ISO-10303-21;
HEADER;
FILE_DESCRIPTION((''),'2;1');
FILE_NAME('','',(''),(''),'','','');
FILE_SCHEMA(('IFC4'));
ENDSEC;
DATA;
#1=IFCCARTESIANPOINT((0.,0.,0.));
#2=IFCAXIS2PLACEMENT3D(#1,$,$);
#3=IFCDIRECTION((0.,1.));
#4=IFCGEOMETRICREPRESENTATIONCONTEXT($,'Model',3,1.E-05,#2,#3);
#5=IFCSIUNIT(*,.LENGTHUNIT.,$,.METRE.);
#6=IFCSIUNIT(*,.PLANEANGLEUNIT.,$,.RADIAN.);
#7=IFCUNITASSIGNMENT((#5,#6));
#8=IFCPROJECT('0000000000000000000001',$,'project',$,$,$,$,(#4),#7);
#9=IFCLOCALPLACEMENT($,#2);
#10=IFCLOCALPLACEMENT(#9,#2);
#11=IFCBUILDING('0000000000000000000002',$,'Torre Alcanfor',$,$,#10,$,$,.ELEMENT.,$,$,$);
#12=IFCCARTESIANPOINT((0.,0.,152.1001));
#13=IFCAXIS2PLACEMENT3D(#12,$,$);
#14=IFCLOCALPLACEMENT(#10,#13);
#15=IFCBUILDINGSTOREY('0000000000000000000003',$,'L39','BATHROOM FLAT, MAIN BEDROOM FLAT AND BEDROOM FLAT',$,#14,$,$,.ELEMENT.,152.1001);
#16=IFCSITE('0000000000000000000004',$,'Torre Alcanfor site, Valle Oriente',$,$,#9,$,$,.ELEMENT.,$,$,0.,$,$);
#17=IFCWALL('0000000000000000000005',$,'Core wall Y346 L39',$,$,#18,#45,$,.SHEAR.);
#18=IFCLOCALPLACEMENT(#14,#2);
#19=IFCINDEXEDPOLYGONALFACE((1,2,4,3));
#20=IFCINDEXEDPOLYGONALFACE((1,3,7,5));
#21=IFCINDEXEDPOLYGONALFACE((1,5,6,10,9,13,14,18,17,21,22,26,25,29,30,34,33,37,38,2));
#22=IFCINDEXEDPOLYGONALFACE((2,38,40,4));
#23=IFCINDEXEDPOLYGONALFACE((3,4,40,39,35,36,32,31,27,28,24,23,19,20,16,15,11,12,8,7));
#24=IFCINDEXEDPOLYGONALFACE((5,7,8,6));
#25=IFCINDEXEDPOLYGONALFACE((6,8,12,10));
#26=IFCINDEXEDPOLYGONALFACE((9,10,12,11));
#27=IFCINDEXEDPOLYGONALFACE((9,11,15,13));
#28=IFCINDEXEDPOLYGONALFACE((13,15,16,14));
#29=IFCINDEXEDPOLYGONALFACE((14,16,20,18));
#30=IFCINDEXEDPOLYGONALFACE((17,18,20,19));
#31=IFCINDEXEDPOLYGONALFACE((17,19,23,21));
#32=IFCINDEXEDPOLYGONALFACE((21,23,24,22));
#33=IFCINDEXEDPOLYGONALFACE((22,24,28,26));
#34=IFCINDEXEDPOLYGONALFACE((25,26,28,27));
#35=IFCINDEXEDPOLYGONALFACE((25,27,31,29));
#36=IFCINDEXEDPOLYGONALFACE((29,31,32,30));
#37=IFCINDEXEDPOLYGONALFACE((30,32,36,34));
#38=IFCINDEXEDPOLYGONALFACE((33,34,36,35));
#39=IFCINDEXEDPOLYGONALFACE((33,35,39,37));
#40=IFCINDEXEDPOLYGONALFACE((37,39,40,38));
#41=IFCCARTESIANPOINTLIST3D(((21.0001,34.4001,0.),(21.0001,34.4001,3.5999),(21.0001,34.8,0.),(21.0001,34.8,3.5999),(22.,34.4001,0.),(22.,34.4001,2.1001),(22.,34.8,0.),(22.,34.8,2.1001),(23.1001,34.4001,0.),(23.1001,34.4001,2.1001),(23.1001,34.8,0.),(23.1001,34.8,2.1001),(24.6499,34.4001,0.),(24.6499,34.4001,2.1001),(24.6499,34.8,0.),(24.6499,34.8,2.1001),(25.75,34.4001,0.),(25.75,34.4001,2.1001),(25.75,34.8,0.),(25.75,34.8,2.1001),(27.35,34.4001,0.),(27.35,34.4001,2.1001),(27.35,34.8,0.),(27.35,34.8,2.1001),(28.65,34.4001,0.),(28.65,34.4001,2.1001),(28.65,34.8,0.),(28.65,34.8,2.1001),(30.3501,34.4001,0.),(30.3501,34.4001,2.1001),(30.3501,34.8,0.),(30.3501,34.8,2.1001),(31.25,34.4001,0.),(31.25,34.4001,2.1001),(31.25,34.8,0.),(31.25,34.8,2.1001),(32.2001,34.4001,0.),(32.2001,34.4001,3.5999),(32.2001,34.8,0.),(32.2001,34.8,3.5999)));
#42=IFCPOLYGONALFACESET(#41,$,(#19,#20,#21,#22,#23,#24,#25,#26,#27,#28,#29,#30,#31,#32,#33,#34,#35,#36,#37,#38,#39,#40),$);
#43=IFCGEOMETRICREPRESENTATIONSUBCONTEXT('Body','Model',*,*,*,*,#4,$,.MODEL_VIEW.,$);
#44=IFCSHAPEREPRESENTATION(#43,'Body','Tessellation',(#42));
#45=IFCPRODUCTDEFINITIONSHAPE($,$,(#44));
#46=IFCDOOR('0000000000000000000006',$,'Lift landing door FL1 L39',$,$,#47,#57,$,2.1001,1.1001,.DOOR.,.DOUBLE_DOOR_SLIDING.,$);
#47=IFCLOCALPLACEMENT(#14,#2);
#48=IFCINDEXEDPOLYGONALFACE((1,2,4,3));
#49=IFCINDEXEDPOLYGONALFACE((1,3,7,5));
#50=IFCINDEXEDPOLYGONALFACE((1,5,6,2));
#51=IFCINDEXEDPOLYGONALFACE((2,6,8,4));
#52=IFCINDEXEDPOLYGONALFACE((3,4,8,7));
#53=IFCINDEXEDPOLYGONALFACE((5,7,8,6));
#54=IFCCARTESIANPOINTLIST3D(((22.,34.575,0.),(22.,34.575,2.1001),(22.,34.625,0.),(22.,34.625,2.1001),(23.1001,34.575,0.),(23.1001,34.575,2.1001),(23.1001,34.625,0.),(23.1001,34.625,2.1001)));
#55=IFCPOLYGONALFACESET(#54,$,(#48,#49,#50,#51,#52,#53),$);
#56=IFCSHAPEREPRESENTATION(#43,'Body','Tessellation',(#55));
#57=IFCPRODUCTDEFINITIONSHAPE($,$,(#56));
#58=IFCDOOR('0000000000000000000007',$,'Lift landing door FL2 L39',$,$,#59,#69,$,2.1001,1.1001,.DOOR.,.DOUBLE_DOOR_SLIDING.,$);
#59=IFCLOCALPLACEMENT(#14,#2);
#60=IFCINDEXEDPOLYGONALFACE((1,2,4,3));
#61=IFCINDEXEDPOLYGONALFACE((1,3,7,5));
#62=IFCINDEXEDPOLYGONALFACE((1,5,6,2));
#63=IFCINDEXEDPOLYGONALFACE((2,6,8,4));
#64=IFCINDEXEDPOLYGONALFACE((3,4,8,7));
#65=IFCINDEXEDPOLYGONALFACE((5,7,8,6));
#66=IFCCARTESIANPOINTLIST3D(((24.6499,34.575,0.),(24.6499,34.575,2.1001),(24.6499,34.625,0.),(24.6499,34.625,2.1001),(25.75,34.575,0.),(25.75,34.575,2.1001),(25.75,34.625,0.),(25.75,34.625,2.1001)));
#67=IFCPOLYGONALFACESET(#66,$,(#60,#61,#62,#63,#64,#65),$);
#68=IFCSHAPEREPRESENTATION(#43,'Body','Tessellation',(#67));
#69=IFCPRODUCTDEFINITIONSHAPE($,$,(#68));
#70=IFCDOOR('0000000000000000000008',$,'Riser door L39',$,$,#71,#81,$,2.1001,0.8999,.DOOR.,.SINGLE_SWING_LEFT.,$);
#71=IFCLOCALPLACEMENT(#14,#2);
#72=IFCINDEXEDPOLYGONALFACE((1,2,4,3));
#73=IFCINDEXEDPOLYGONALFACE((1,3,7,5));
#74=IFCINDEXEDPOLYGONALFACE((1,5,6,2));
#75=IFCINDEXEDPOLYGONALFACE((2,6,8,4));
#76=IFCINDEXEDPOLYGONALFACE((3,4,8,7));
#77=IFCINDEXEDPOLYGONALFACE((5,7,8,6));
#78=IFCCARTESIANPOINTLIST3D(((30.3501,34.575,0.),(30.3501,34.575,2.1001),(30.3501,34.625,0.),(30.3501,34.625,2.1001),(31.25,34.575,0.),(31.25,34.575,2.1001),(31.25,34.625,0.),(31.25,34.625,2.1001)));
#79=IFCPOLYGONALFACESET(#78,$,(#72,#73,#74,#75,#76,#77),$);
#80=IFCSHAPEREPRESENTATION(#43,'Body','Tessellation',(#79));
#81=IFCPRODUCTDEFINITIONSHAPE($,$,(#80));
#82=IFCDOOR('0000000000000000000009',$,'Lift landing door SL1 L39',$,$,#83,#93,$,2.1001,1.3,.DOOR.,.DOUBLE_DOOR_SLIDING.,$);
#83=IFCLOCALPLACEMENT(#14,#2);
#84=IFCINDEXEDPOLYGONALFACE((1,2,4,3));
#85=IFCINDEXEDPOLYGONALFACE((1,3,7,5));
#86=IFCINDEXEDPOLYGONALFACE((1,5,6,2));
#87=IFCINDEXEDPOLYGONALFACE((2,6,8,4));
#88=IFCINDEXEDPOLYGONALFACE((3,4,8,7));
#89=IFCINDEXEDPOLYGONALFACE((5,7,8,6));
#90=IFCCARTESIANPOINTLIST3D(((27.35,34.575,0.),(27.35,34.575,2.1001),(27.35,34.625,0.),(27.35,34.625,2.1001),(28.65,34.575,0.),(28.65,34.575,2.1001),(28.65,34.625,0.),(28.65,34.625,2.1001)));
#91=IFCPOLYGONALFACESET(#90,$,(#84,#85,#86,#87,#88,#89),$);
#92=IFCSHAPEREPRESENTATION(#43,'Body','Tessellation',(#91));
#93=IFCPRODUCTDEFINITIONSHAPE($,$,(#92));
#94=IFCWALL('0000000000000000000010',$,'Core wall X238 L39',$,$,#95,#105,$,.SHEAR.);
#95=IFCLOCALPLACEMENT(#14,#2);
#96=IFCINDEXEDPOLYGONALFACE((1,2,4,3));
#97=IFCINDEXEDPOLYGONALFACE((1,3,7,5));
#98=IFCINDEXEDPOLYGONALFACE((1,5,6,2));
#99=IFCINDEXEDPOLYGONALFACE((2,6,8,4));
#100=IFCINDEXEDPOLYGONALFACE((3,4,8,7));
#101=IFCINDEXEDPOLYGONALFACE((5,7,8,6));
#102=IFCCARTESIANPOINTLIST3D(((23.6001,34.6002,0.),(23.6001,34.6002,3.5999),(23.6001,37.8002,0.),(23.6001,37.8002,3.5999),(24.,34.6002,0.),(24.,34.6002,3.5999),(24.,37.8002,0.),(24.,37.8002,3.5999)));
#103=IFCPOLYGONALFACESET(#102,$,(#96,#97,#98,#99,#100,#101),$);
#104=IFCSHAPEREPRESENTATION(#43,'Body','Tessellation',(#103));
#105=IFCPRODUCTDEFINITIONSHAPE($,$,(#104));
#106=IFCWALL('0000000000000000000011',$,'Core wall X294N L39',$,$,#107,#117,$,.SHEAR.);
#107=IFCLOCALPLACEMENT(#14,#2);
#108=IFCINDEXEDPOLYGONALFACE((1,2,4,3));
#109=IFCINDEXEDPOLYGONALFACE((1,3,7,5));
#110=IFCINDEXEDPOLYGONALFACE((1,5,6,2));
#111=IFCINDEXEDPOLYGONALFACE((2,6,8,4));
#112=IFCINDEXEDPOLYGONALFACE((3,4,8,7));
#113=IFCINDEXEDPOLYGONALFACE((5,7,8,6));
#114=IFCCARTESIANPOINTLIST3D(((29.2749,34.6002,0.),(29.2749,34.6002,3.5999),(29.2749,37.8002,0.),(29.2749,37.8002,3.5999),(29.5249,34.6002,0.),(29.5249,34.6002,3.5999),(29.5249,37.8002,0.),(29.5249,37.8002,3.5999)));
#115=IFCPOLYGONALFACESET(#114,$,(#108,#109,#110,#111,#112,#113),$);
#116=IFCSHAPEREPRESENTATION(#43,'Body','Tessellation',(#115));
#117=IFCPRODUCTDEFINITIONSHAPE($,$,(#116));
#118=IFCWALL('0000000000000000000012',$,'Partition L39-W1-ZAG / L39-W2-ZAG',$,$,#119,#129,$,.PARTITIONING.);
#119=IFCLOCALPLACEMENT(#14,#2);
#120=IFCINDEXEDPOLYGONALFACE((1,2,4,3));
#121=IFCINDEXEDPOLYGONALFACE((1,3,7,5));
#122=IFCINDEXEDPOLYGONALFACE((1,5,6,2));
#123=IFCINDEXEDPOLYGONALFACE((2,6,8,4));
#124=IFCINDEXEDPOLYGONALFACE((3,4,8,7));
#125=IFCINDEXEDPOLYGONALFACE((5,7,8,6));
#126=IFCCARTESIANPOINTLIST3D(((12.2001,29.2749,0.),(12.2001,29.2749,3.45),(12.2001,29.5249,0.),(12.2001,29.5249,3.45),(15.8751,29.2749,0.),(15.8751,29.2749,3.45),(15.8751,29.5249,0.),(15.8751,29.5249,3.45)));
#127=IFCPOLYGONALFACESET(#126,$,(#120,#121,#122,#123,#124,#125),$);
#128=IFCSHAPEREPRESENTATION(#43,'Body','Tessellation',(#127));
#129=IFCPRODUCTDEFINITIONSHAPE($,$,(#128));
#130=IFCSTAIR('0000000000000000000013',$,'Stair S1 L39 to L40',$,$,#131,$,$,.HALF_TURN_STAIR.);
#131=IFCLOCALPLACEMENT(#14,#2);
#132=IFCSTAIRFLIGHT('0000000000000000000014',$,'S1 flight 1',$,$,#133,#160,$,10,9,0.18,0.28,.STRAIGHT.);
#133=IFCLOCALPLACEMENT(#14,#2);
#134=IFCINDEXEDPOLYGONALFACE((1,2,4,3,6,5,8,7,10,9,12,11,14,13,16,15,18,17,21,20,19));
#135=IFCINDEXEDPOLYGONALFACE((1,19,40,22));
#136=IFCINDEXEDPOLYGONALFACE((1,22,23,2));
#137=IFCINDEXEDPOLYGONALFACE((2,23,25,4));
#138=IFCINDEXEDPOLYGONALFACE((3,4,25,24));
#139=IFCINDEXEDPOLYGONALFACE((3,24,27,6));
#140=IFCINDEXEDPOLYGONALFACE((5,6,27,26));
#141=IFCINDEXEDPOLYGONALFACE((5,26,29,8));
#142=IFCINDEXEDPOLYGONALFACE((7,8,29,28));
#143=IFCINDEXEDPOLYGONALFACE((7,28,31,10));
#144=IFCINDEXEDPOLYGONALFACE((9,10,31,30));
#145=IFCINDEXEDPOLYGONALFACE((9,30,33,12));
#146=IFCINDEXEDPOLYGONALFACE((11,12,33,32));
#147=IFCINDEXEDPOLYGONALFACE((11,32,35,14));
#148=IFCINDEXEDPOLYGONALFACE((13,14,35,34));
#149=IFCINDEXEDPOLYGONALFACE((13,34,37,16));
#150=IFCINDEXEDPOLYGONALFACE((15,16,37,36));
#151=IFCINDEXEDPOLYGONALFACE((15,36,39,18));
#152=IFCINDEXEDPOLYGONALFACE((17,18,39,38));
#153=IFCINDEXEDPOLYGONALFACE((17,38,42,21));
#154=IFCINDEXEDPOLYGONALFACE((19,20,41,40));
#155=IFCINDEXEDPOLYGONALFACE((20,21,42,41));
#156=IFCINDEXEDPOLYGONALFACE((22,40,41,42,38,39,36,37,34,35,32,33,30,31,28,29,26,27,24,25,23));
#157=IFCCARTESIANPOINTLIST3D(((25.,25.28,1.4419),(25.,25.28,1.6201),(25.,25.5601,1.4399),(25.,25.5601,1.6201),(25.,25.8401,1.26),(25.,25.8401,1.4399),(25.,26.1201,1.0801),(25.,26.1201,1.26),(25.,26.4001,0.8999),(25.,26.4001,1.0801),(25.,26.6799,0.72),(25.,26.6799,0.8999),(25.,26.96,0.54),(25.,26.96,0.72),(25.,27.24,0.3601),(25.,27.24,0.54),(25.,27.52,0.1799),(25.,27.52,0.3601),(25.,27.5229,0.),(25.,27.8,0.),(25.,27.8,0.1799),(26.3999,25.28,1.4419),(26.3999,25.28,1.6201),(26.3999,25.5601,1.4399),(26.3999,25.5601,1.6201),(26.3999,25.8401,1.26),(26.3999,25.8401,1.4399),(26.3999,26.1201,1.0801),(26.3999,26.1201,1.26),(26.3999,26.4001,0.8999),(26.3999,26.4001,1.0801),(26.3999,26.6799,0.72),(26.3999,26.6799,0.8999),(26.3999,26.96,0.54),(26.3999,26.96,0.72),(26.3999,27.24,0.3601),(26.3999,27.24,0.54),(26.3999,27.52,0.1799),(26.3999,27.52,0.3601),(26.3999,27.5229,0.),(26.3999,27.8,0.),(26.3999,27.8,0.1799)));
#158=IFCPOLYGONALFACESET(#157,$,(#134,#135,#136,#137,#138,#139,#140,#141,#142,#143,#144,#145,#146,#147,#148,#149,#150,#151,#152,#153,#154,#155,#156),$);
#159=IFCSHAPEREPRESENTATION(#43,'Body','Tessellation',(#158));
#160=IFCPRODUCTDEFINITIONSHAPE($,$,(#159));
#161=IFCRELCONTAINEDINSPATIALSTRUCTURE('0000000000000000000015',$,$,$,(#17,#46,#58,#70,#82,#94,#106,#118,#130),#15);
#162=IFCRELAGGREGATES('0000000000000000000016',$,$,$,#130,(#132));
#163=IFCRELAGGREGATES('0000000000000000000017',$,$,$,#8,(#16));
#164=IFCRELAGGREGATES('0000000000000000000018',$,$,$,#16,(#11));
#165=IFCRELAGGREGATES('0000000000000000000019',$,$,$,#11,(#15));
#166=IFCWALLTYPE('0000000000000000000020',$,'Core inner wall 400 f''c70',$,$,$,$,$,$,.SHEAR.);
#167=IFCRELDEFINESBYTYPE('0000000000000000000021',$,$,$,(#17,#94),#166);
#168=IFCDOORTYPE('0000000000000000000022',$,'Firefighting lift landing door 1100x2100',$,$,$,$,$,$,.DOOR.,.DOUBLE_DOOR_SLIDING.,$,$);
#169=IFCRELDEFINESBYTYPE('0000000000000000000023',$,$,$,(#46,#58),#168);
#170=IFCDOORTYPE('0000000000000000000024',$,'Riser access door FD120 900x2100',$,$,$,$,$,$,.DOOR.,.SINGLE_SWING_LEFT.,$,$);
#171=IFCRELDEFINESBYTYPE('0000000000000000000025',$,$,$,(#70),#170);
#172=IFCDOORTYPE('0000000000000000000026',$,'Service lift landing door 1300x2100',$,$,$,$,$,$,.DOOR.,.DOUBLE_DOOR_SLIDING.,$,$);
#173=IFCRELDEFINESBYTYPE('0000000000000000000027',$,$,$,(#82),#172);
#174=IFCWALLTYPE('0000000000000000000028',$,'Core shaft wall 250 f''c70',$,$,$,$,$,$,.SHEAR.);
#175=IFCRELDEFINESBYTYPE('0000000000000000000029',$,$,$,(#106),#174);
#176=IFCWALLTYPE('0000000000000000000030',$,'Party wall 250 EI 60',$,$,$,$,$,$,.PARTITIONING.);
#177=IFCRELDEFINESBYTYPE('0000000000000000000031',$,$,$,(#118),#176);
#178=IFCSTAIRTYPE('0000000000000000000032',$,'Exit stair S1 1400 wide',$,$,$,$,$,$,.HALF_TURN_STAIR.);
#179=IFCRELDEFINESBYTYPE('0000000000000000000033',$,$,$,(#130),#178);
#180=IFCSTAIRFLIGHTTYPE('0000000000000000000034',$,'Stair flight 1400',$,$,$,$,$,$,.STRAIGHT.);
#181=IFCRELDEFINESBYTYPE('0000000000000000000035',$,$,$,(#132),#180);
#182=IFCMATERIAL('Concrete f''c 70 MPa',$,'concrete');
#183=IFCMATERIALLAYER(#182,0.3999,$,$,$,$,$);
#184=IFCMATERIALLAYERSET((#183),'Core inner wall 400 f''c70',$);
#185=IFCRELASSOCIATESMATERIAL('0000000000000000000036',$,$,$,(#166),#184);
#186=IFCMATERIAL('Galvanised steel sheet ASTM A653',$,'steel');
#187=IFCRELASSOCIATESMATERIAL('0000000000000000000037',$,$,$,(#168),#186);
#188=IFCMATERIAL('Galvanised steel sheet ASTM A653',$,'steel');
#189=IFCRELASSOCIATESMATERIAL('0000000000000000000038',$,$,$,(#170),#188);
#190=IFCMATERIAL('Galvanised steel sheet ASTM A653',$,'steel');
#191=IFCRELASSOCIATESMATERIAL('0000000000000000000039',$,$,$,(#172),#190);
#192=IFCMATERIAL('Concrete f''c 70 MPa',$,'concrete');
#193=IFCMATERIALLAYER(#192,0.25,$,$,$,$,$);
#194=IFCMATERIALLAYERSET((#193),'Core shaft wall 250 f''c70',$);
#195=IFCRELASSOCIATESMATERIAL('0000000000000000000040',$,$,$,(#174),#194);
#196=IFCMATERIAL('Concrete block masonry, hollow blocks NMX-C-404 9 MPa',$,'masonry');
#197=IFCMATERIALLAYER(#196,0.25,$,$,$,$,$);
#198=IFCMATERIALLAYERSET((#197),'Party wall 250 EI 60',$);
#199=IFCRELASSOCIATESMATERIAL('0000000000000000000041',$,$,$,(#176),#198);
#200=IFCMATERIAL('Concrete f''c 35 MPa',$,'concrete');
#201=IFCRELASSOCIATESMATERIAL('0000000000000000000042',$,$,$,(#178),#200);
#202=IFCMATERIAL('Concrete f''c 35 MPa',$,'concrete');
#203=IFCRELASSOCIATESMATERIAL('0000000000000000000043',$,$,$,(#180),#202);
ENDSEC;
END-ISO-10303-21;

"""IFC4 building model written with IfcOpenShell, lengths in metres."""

from ifc_helpers import new_model, si_unit, direction, frame, frame_2d, origin, place, context, subcontext, project, spatial, polyline, rectangle, outline, extrude, material, layer, layer_set, type_object, element, fill, aggregate, save


model = new_model("IFC4")

# Units and contexts
model_context = context("Model", 3, precision=1e-05, world=origin(), true_north=direction((0.0, 1.0)))
body_context = subcontext(model_context, "Body", "Model", "MODEL_VIEW")
ifc_project = project(units=[si_unit("LENGTHUNIT", "METRE"), si_unit("PLANEANGLEUNIT", "RADIAN")], contexts=[model_context])

# Site, building, storey
site_placement = place(None, origin())
site = spatial("IfcSite", under=ifc_project, at=site_placement, Name="Torre Alcanfor site, Valle Oriente", CompositionType="ELEMENT", RefElevation=0.0)
building_placement = place(site_placement, origin())
building = spatial("IfcBuilding", under=site, at=building_placement, Name="Torre Alcanfor", CompositionType="ELEMENT")
storey_placement = place(building_placement, frame((0.0, 0.0, 152.1001)))
storey = spatial("IfcBuildingStorey", under=building, at=storey_placement, Name="L39", Description="BATHROOM FLAT, MAIN BEDROOM FLAT AND BEDROOM FLAT", CompositionType="ELEMENT", Elevation=152.1001)

# Shared definitions
ifc_material_1 = material(Name="Concrete f'c 70 MPa", Category="concrete")
ifc_layer_1 = layer(ifc_material_1, 0.3999)
ifc_layer_set_1 = layer_set([ifc_layer_1], Name="Core inner wall 400 f'c70")
wall_type_1 = type_object("IfcWallType", Name="Core inner wall 400 f'c70", PredefinedType="SHEAR", material=ifc_layer_set_1)

# Wall, openings, doors
wall_1_placement = place(storey_placement, frame((21.0, 34.6001, 0.0), z_axis=(0.0, 0.0, 1.0), x_axis=(1.0, 0.0, 0.0)))
wall_1 = element("IfcWall", 1, at=wall_1_placement, inside=storey, type_object=wall_type_1, Name="Core wall Y346 L39", PredefinedType="SHEAR", context=body_context, shape_type="SweptSolid", body=[
    extrude(rectangle(XDim=11.2, YDim=0.3999, at=frame_2d((5.6001, 0.0))), origin(), (0.0, 0.0, 1.0), 3.5999),
])
opening_1_placement = place(wall_1_placement, frame((9.3501, 0.0, 0.0)))
opening_1 = element("IfcOpeningElement", 2, at=opening_1_placement, cuts=wall_1, PredefinedType="OPENING", context=body_context, shape_type="SweptSolid", body=[
    extrude(rectangle(XDim=0.8999, YDim=2.1001, at=frame_2d((0.45, 1.05))), frame((0.0, 0.21, 0.0), z_axis=(0.0, -1.0, 0.0), x_axis=(1.0, 0.0, 0.0)), (0.0, 0.0, 1.0), 0.4199),
])
opening_2_placement = place(wall_1_placement, frame((1.0, 0.0, 0.0)))
opening_2 = element("IfcOpeningElement", 3, at=opening_2_placement, cuts=wall_1, PredefinedType="OPENING", context=body_context, shape_type="SweptSolid", body=[
    extrude(rectangle(XDim=1.1001, YDim=2.1001, at=frame_2d((0.55, 1.05))), frame((0.0, 0.21, 0.0), z_axis=(0.0, -1.0, 0.0), x_axis=(1.0, 0.0, 0.0)), (0.0, 0.0, 1.0), 0.4199),
])
opening_3_placement = place(wall_1_placement, frame((3.6499, 0.0, 0.0)))
opening_3 = element("IfcOpeningElement", 4, at=opening_3_placement, cuts=wall_1, PredefinedType="OPENING", context=body_context, shape_type="SweptSolid", body=[
    extrude(rectangle(XDim=1.1001, YDim=2.1001, at=frame_2d((0.55, 1.05))), frame((0.0, 0.21, 0.0), z_axis=(0.0, -1.0, 0.0), x_axis=(1.0, 0.0, 0.0)), (0.0, 0.0, 1.0), 0.4199),
])
opening_4_placement = place(wall_1_placement, frame((6.3501, 0.0, 0.0)))
opening_4 = element("IfcOpeningElement", 5, at=opening_4_placement, cuts=wall_1, PredefinedType="OPENING", context=body_context, shape_type="SweptSolid", body=[
    extrude(rectangle(XDim=1.3, YDim=2.1001, at=frame_2d((0.6499, 1.05))), frame((0.0, 0.21, 0.0), z_axis=(0.0, -1.0, 0.0), x_axis=(1.0, 0.0, 0.0)), (0.0, 0.0, 1.0), 0.4199),
])
ifc_material_2 = material(Name="Galvanised steel sheet ASTM A653", Category="steel")
door_type_1 = type_object("IfcDoorType", Name="Firefighting lift landing door 1100x2100", OperationType="DOUBLE_DOOR_SLIDING", PredefinedType="DOOR", material=ifc_material_2)
door_1_placement = place(opening_2_placement, origin())
door_1 = element("IfcDoor", 6, at=door_1_placement, inside=storey, type_object=door_type_1, Name="Lift landing door FL1 L39", OperationType="DOUBLE_DOOR_SLIDING", OverallHeight=2.1001, OverallWidth=1.1001, PredefinedType="DOOR", context=body_context, shape_type="SweptSolid", body=[
    extrude(rectangle(XDim=1.1001, YDim=2.1001, at=frame_2d((0.55, 1.05))), frame((0.0, 0.0249, 0.0), z_axis=(0.0, -1.0, 0.0), x_axis=(1.0, 0.0, 0.0)), (0.0, 0.0, 1.0), 0.05),
])
fill(opening_2, door_1)
door_2_placement = place(opening_3_placement, origin())
door_2 = element("IfcDoor", 7, at=door_2_placement, inside=storey, type_object=door_type_1, Name="Lift landing door FL2 L39", OperationType="DOUBLE_DOOR_SLIDING", OverallHeight=2.1001, OverallWidth=1.1001, PredefinedType="DOOR", context=body_context, shape_type="SweptSolid", body=[
    extrude(rectangle(XDim=1.1001, YDim=2.1001, at=frame_2d((0.55, 1.05))), frame((0.0, 0.0249, 0.0), z_axis=(0.0, -1.0, 0.0), x_axis=(1.0, 0.0, 0.0)), (0.0, 0.0, 1.0), 0.05),
])
fill(opening_3, door_2)
ifc_material_3 = material(Name="Galvanised steel sheet ASTM A653", Category="steel")
door_type_2 = type_object("IfcDoorType", Name="Riser access door FD120 900x2100", OperationType="SINGLE_SWING_LEFT", PredefinedType="DOOR", material=ifc_material_3)
door_3_placement = place(opening_1_placement, origin())
door_3 = element("IfcDoor", 8, at=door_3_placement, inside=storey, type_object=door_type_2, Name="Riser door L39", OperationType="SINGLE_SWING_LEFT", OverallHeight=2.1001, OverallWidth=0.8999, PredefinedType="DOOR", context=body_context, shape_type="SweptSolid", body=[
    extrude(rectangle(XDim=0.8999, YDim=2.1001, at=frame_2d((0.45, 1.05))), frame((0.0, 0.0249, 0.0), z_axis=(0.0, -1.0, 0.0), x_axis=(1.0, 0.0, 0.0)), (0.0, 0.0, 1.0), 0.05),
])
fill(opening_1, door_3)
ifc_material_4 = material(Name="Galvanised steel sheet ASTM A653", Category="steel")
door_type_3 = type_object("IfcDoorType", Name="Service lift landing door 1300x2100", OperationType="DOUBLE_DOOR_SLIDING", PredefinedType="DOOR", material=ifc_material_4)
door_4_placement = place(opening_4_placement, origin())
door_4 = element("IfcDoor", 9, at=door_4_placement, inside=storey, type_object=door_type_3, Name="Lift landing door SL1 L39", OperationType="DOUBLE_DOOR_SLIDING", OverallHeight=2.1001, OverallWidth=1.3, PredefinedType="DOOR", context=body_context, shape_type="SweptSolid", body=[
    extrude(rectangle(XDim=1.3, YDim=2.1001, at=frame_2d((0.6499, 1.05))), frame((0.0, 0.0249, 0.0), z_axis=(0.0, -1.0, 0.0), x_axis=(1.0, 0.0, 0.0)), (0.0, 0.0, 1.0), 0.05),
])
fill(opening_4, door_4)

# Walls
wall_2_placement = place(storey_placement, frame((23.8, 34.6001, 0.0), z_axis=(0.0, 0.0, 1.0), x_axis=(0.0, 1.0, 0.0)))
element("IfcWall", 10, at=wall_2_placement, inside=storey, type_object=wall_type_1, Name="Core wall X238 L39", PredefinedType="SHEAR", context=body_context, shape_type="SweptSolid", body=[
    extrude(rectangle(XDim=3.2, YDim=0.3999, at=frame_2d((1.6001, 0.0))), origin(), (0.0, 0.0, 1.0), 3.5999),
])
ifc_material_5 = material(Name="Concrete f'c 70 MPa", Category="concrete")
ifc_layer_2 = layer(ifc_material_5, 0.25)
ifc_layer_set_2 = layer_set([ifc_layer_2], Name="Core shaft wall 250 f'c70")
wall_type_2 = type_object("IfcWallType", Name="Core shaft wall 250 f'c70", PredefinedType="SHEAR", material=ifc_layer_set_2)
wall_3_placement = place(storey_placement, frame((29.3999, 34.6001, 0.0), z_axis=(0.0, 0.0, 1.0), x_axis=(0.0, 1.0, 0.0)))
element("IfcWall", 11, at=wall_3_placement, inside=storey, type_object=wall_type_2, Name="Core wall X294N L39", PredefinedType="SHEAR", context=body_context, shape_type="SweptSolid", body=[
    extrude(rectangle(XDim=3.2, YDim=0.25, at=frame_2d((1.6001, 0.0))), origin(), (0.0, 0.0, 1.0), 3.5999),
])
ifc_material_6 = material(Name="Concrete block masonry, hollow blocks NMX-C-404 9 MPa", Category="masonry")
ifc_layer_3 = layer(ifc_material_6, 0.25)
ifc_layer_set_3 = layer_set([ifc_layer_3], Name="Party wall 250 EI 60")
wall_type_3 = type_object("IfcWallType", Name="Party wall 250 EI 60", PredefinedType="PARTITIONING", material=ifc_layer_set_3)
wall_4_placement = place(storey_placement, frame((15.875, 29.3999, 0.0), z_axis=(0.0, 0.0, 1.0), x_axis=(-1.0, 0.0, 0.0)))
element("IfcWall", 12, at=wall_4_placement, inside=storey, type_object=wall_type_3, Name="Partition L39-W1-ZAG / L39-W2-ZAG", PredefinedType="PARTITIONING", context=body_context, shape_type="SweptSolid", body=[
    extrude(rectangle(XDim=3.675, YDim=0.25, at=frame_2d((1.8374, 0.0))), origin(), (0.0, 0.0, 1.0), 3.45),
])

# Stair, stair flight
ifc_material_7 = material(Name="Concrete f'c 35 MPa", Category="concrete")
stair_type = type_object("IfcStairType", Name="Exit stair S1 1400 wide", PredefinedType="HALF_TURN_STAIR", material=ifc_material_7)
stair_placement = place(storey_placement, origin())
stair = element("IfcStair", 13, at=stair_placement, inside=storey, type_object=stair_type, Name="Stair S1 L39 to L40", PredefinedType="HALF_TURN_STAIR")
ifc_material_8 = material(Name="Concrete f'c 35 MPa", Category="concrete")
stair_flight_type = type_object("IfcStairFlightType", Name="Stair flight 1400", PredefinedType="STRAIGHT", material=ifc_material_8)
stair_flight_placement = place(storey_placement, frame((25.7, 27.8, 0.0), z_axis=(0.0, 0.0, 1.0), x_axis=(0.0, -1.0, 0.0)))
stair_flight = element("IfcStairFlight", 14, at=stair_flight_placement, type_object=stair_flight_type, Name="S1 flight 1", NumberOfRisers=10, NumberOfTreads=9, PredefinedType="STRAIGHT", RiserHeight=0.18, TreadLength=0.28, context=body_context, shape_type="SweptSolid", body=[
    extrude(outline(polyline([(0.0, 0.0), (0.0, 0.1799), (0.28, 0.1799), (0.28, 0.3601), (0.5601, 0.3601), (0.5601, 0.54), (0.8401, 0.54), (0.8401, 0.72), (1.1201, 0.72), (1.1201, 0.8999), (1.3999, 0.8999), (1.3999, 1.0801), (1.6799, 1.0801), (1.6799, 1.26), (1.96, 1.26), (1.96, 1.4399), (2.24, 1.4399), (2.24, 1.6201), (2.52, 1.6201), (2.52, 1.8), (2.52, 1.4419), (0.2771, 0.0), (0.0, 0.0)])), frame((0.0, 0.7, 0.0), z_axis=(0.0, -1.0, 0.0), x_axis=(1.0, 0.0, 0.0)), (0.0, 0.0, 1.0), 1.3999),
])
aggregate(stair, [stair_flight])

save(model, "model.ifc")
